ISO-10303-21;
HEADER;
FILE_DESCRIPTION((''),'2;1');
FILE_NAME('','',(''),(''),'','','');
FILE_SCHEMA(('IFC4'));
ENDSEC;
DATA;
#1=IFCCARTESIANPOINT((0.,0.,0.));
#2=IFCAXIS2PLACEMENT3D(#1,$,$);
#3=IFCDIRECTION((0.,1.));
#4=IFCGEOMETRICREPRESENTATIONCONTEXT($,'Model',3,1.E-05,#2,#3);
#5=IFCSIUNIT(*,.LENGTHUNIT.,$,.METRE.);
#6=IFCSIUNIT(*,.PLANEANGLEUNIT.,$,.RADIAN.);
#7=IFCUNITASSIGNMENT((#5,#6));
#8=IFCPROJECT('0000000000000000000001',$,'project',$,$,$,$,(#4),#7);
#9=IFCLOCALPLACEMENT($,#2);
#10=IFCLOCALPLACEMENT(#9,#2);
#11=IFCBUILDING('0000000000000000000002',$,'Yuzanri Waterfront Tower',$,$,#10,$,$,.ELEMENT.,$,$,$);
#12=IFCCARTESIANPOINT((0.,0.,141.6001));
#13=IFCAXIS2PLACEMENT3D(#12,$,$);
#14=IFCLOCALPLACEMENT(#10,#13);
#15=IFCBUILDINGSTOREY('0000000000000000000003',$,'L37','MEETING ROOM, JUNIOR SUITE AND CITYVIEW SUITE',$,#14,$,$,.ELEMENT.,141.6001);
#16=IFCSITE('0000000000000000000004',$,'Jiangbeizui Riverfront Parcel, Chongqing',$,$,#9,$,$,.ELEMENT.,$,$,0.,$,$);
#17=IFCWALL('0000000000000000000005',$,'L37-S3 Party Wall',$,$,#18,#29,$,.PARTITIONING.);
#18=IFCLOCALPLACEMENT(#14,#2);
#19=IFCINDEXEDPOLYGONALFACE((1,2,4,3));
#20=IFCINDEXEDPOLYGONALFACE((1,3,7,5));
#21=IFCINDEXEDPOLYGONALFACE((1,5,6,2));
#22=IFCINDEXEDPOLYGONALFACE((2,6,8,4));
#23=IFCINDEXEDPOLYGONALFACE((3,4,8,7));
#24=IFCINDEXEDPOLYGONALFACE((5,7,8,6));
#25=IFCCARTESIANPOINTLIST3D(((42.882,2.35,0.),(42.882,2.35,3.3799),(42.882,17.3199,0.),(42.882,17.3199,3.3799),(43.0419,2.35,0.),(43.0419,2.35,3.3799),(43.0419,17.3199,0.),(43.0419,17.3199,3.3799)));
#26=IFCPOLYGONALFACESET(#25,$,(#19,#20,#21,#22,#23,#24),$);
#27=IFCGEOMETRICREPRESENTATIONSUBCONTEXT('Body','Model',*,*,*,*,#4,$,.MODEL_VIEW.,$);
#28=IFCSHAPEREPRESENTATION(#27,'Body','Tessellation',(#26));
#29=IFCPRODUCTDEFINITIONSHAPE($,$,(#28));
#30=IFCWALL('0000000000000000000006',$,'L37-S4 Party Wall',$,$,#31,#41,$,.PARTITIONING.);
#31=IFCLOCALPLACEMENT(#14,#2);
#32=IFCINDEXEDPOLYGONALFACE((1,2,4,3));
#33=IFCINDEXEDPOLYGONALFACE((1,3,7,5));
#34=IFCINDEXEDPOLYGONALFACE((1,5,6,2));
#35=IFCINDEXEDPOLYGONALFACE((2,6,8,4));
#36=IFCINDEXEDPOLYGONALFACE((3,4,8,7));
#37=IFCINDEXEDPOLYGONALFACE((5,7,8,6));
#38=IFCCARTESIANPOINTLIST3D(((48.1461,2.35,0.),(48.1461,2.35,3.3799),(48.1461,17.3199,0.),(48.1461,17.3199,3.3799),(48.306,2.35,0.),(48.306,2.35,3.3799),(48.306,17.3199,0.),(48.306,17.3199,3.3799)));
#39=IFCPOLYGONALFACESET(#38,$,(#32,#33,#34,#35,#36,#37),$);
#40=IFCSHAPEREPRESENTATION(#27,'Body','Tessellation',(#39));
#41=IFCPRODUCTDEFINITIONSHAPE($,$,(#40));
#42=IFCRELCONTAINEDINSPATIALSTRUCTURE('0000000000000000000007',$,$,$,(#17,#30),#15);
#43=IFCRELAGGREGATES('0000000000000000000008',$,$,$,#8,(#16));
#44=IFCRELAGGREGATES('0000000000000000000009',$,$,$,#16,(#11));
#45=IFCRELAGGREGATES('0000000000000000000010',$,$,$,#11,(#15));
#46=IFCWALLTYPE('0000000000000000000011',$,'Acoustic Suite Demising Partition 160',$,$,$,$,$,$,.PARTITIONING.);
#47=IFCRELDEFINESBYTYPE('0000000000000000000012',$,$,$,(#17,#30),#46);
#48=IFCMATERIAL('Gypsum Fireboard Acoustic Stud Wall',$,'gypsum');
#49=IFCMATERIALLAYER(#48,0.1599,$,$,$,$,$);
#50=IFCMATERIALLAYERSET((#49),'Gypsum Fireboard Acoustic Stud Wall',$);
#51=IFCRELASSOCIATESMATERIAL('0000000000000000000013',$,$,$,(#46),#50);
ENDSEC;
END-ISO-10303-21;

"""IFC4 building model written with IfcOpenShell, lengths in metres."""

from ifc_helpers import new_model, si_unit, direction, frame, frame_2d, origin, place, context, subcontext, project, spatial, rectangle, extrude, source, transform, mapped, material, layer, layer_set, type_object, element, save


model = new_model("IFC4")

# Units and contexts
model_context = context("Model", 3, precision=1e-05, world=origin(), true_north=direction((0.0, 1.0)))
body_context = subcontext(model_context, "Body", "Model", "MODEL_VIEW")
ifc_project = project(units=[si_unit("LENGTHUNIT", "METRE"), si_unit("PLANEANGLEUNIT", "RADIAN")], contexts=[model_context])

# Site, building, storey
site_placement = place(None, origin())
site = spatial("IfcSite", under=ifc_project, at=site_placement, Name="Jiangbeizui Riverfront Parcel, Chongqing", CompositionType="ELEMENT", RefElevation=0.0)
building_placement = place(site_placement, origin())
building = spatial("IfcBuilding", under=site, at=building_placement, Name="Yuzanri Waterfront Tower", CompositionType="ELEMENT")
storey_placement = place(building_placement, frame((0.0, 0.0, 141.6001)))
storey = spatial("IfcBuildingStorey", under=building, at=storey_placement, Name="L37", Description="MEETING ROOM, JUNIOR SUITE AND CITYVIEW SUITE", CompositionType="ELEMENT", Elevation=141.6001)

# Walls
ifc_material_1 = material(Name="Gypsum Fireboard Acoustic Stud Wall", Category="gypsum")
ifc_layer_1 = layer(ifc_material_1, 0.1599)
ifc_layer_set_1 = layer_set([ifc_layer_1], Name="Gypsum Fireboard Acoustic Stud Wall")
wall_type_1 = type_object("IfcWallType", Name="Acoustic Suite Demising Partition 160", PredefinedType="PARTITIONING", material=ifc_layer_set_1)
shared_shape_1 = source(origin(), body_context, "Body", "SweptSolid", [
    extrude(rectangle(XDim=14.97, YDim=0.1599, at=frame_2d((7.4849, 0.0))), origin(), (0.0, 0.0, 1.0), 3.3799),
])
for number, where, z_axis, x_axis, name in (
    (1, (42.9619, 2.3501, 0.0), (0.0, 0.0, 1.0), (0.0, 1.0, 0.0), "L37-S3 Party Wall"),
    (2, (48.2261, 2.3501, 0.0), (0.0, 0.0, 1.0), (0.0, 1.0, 0.0), "L37-S4 Party Wall"),
):
    element("IfcWall", number, at=place(storey_placement, frame(where, z_axis=z_axis, x_axis=x_axis)), inside=storey, type_object=wall_type_1, Name=name, PredefinedType="PARTITIONING", context=body_context, shape_type="MappedRepresentation", body=[
        mapped(shared_shape_1, transform((0.0, 0.0, 0.0), scale=1.0)),
    ])

save(model, "model.ifc")
